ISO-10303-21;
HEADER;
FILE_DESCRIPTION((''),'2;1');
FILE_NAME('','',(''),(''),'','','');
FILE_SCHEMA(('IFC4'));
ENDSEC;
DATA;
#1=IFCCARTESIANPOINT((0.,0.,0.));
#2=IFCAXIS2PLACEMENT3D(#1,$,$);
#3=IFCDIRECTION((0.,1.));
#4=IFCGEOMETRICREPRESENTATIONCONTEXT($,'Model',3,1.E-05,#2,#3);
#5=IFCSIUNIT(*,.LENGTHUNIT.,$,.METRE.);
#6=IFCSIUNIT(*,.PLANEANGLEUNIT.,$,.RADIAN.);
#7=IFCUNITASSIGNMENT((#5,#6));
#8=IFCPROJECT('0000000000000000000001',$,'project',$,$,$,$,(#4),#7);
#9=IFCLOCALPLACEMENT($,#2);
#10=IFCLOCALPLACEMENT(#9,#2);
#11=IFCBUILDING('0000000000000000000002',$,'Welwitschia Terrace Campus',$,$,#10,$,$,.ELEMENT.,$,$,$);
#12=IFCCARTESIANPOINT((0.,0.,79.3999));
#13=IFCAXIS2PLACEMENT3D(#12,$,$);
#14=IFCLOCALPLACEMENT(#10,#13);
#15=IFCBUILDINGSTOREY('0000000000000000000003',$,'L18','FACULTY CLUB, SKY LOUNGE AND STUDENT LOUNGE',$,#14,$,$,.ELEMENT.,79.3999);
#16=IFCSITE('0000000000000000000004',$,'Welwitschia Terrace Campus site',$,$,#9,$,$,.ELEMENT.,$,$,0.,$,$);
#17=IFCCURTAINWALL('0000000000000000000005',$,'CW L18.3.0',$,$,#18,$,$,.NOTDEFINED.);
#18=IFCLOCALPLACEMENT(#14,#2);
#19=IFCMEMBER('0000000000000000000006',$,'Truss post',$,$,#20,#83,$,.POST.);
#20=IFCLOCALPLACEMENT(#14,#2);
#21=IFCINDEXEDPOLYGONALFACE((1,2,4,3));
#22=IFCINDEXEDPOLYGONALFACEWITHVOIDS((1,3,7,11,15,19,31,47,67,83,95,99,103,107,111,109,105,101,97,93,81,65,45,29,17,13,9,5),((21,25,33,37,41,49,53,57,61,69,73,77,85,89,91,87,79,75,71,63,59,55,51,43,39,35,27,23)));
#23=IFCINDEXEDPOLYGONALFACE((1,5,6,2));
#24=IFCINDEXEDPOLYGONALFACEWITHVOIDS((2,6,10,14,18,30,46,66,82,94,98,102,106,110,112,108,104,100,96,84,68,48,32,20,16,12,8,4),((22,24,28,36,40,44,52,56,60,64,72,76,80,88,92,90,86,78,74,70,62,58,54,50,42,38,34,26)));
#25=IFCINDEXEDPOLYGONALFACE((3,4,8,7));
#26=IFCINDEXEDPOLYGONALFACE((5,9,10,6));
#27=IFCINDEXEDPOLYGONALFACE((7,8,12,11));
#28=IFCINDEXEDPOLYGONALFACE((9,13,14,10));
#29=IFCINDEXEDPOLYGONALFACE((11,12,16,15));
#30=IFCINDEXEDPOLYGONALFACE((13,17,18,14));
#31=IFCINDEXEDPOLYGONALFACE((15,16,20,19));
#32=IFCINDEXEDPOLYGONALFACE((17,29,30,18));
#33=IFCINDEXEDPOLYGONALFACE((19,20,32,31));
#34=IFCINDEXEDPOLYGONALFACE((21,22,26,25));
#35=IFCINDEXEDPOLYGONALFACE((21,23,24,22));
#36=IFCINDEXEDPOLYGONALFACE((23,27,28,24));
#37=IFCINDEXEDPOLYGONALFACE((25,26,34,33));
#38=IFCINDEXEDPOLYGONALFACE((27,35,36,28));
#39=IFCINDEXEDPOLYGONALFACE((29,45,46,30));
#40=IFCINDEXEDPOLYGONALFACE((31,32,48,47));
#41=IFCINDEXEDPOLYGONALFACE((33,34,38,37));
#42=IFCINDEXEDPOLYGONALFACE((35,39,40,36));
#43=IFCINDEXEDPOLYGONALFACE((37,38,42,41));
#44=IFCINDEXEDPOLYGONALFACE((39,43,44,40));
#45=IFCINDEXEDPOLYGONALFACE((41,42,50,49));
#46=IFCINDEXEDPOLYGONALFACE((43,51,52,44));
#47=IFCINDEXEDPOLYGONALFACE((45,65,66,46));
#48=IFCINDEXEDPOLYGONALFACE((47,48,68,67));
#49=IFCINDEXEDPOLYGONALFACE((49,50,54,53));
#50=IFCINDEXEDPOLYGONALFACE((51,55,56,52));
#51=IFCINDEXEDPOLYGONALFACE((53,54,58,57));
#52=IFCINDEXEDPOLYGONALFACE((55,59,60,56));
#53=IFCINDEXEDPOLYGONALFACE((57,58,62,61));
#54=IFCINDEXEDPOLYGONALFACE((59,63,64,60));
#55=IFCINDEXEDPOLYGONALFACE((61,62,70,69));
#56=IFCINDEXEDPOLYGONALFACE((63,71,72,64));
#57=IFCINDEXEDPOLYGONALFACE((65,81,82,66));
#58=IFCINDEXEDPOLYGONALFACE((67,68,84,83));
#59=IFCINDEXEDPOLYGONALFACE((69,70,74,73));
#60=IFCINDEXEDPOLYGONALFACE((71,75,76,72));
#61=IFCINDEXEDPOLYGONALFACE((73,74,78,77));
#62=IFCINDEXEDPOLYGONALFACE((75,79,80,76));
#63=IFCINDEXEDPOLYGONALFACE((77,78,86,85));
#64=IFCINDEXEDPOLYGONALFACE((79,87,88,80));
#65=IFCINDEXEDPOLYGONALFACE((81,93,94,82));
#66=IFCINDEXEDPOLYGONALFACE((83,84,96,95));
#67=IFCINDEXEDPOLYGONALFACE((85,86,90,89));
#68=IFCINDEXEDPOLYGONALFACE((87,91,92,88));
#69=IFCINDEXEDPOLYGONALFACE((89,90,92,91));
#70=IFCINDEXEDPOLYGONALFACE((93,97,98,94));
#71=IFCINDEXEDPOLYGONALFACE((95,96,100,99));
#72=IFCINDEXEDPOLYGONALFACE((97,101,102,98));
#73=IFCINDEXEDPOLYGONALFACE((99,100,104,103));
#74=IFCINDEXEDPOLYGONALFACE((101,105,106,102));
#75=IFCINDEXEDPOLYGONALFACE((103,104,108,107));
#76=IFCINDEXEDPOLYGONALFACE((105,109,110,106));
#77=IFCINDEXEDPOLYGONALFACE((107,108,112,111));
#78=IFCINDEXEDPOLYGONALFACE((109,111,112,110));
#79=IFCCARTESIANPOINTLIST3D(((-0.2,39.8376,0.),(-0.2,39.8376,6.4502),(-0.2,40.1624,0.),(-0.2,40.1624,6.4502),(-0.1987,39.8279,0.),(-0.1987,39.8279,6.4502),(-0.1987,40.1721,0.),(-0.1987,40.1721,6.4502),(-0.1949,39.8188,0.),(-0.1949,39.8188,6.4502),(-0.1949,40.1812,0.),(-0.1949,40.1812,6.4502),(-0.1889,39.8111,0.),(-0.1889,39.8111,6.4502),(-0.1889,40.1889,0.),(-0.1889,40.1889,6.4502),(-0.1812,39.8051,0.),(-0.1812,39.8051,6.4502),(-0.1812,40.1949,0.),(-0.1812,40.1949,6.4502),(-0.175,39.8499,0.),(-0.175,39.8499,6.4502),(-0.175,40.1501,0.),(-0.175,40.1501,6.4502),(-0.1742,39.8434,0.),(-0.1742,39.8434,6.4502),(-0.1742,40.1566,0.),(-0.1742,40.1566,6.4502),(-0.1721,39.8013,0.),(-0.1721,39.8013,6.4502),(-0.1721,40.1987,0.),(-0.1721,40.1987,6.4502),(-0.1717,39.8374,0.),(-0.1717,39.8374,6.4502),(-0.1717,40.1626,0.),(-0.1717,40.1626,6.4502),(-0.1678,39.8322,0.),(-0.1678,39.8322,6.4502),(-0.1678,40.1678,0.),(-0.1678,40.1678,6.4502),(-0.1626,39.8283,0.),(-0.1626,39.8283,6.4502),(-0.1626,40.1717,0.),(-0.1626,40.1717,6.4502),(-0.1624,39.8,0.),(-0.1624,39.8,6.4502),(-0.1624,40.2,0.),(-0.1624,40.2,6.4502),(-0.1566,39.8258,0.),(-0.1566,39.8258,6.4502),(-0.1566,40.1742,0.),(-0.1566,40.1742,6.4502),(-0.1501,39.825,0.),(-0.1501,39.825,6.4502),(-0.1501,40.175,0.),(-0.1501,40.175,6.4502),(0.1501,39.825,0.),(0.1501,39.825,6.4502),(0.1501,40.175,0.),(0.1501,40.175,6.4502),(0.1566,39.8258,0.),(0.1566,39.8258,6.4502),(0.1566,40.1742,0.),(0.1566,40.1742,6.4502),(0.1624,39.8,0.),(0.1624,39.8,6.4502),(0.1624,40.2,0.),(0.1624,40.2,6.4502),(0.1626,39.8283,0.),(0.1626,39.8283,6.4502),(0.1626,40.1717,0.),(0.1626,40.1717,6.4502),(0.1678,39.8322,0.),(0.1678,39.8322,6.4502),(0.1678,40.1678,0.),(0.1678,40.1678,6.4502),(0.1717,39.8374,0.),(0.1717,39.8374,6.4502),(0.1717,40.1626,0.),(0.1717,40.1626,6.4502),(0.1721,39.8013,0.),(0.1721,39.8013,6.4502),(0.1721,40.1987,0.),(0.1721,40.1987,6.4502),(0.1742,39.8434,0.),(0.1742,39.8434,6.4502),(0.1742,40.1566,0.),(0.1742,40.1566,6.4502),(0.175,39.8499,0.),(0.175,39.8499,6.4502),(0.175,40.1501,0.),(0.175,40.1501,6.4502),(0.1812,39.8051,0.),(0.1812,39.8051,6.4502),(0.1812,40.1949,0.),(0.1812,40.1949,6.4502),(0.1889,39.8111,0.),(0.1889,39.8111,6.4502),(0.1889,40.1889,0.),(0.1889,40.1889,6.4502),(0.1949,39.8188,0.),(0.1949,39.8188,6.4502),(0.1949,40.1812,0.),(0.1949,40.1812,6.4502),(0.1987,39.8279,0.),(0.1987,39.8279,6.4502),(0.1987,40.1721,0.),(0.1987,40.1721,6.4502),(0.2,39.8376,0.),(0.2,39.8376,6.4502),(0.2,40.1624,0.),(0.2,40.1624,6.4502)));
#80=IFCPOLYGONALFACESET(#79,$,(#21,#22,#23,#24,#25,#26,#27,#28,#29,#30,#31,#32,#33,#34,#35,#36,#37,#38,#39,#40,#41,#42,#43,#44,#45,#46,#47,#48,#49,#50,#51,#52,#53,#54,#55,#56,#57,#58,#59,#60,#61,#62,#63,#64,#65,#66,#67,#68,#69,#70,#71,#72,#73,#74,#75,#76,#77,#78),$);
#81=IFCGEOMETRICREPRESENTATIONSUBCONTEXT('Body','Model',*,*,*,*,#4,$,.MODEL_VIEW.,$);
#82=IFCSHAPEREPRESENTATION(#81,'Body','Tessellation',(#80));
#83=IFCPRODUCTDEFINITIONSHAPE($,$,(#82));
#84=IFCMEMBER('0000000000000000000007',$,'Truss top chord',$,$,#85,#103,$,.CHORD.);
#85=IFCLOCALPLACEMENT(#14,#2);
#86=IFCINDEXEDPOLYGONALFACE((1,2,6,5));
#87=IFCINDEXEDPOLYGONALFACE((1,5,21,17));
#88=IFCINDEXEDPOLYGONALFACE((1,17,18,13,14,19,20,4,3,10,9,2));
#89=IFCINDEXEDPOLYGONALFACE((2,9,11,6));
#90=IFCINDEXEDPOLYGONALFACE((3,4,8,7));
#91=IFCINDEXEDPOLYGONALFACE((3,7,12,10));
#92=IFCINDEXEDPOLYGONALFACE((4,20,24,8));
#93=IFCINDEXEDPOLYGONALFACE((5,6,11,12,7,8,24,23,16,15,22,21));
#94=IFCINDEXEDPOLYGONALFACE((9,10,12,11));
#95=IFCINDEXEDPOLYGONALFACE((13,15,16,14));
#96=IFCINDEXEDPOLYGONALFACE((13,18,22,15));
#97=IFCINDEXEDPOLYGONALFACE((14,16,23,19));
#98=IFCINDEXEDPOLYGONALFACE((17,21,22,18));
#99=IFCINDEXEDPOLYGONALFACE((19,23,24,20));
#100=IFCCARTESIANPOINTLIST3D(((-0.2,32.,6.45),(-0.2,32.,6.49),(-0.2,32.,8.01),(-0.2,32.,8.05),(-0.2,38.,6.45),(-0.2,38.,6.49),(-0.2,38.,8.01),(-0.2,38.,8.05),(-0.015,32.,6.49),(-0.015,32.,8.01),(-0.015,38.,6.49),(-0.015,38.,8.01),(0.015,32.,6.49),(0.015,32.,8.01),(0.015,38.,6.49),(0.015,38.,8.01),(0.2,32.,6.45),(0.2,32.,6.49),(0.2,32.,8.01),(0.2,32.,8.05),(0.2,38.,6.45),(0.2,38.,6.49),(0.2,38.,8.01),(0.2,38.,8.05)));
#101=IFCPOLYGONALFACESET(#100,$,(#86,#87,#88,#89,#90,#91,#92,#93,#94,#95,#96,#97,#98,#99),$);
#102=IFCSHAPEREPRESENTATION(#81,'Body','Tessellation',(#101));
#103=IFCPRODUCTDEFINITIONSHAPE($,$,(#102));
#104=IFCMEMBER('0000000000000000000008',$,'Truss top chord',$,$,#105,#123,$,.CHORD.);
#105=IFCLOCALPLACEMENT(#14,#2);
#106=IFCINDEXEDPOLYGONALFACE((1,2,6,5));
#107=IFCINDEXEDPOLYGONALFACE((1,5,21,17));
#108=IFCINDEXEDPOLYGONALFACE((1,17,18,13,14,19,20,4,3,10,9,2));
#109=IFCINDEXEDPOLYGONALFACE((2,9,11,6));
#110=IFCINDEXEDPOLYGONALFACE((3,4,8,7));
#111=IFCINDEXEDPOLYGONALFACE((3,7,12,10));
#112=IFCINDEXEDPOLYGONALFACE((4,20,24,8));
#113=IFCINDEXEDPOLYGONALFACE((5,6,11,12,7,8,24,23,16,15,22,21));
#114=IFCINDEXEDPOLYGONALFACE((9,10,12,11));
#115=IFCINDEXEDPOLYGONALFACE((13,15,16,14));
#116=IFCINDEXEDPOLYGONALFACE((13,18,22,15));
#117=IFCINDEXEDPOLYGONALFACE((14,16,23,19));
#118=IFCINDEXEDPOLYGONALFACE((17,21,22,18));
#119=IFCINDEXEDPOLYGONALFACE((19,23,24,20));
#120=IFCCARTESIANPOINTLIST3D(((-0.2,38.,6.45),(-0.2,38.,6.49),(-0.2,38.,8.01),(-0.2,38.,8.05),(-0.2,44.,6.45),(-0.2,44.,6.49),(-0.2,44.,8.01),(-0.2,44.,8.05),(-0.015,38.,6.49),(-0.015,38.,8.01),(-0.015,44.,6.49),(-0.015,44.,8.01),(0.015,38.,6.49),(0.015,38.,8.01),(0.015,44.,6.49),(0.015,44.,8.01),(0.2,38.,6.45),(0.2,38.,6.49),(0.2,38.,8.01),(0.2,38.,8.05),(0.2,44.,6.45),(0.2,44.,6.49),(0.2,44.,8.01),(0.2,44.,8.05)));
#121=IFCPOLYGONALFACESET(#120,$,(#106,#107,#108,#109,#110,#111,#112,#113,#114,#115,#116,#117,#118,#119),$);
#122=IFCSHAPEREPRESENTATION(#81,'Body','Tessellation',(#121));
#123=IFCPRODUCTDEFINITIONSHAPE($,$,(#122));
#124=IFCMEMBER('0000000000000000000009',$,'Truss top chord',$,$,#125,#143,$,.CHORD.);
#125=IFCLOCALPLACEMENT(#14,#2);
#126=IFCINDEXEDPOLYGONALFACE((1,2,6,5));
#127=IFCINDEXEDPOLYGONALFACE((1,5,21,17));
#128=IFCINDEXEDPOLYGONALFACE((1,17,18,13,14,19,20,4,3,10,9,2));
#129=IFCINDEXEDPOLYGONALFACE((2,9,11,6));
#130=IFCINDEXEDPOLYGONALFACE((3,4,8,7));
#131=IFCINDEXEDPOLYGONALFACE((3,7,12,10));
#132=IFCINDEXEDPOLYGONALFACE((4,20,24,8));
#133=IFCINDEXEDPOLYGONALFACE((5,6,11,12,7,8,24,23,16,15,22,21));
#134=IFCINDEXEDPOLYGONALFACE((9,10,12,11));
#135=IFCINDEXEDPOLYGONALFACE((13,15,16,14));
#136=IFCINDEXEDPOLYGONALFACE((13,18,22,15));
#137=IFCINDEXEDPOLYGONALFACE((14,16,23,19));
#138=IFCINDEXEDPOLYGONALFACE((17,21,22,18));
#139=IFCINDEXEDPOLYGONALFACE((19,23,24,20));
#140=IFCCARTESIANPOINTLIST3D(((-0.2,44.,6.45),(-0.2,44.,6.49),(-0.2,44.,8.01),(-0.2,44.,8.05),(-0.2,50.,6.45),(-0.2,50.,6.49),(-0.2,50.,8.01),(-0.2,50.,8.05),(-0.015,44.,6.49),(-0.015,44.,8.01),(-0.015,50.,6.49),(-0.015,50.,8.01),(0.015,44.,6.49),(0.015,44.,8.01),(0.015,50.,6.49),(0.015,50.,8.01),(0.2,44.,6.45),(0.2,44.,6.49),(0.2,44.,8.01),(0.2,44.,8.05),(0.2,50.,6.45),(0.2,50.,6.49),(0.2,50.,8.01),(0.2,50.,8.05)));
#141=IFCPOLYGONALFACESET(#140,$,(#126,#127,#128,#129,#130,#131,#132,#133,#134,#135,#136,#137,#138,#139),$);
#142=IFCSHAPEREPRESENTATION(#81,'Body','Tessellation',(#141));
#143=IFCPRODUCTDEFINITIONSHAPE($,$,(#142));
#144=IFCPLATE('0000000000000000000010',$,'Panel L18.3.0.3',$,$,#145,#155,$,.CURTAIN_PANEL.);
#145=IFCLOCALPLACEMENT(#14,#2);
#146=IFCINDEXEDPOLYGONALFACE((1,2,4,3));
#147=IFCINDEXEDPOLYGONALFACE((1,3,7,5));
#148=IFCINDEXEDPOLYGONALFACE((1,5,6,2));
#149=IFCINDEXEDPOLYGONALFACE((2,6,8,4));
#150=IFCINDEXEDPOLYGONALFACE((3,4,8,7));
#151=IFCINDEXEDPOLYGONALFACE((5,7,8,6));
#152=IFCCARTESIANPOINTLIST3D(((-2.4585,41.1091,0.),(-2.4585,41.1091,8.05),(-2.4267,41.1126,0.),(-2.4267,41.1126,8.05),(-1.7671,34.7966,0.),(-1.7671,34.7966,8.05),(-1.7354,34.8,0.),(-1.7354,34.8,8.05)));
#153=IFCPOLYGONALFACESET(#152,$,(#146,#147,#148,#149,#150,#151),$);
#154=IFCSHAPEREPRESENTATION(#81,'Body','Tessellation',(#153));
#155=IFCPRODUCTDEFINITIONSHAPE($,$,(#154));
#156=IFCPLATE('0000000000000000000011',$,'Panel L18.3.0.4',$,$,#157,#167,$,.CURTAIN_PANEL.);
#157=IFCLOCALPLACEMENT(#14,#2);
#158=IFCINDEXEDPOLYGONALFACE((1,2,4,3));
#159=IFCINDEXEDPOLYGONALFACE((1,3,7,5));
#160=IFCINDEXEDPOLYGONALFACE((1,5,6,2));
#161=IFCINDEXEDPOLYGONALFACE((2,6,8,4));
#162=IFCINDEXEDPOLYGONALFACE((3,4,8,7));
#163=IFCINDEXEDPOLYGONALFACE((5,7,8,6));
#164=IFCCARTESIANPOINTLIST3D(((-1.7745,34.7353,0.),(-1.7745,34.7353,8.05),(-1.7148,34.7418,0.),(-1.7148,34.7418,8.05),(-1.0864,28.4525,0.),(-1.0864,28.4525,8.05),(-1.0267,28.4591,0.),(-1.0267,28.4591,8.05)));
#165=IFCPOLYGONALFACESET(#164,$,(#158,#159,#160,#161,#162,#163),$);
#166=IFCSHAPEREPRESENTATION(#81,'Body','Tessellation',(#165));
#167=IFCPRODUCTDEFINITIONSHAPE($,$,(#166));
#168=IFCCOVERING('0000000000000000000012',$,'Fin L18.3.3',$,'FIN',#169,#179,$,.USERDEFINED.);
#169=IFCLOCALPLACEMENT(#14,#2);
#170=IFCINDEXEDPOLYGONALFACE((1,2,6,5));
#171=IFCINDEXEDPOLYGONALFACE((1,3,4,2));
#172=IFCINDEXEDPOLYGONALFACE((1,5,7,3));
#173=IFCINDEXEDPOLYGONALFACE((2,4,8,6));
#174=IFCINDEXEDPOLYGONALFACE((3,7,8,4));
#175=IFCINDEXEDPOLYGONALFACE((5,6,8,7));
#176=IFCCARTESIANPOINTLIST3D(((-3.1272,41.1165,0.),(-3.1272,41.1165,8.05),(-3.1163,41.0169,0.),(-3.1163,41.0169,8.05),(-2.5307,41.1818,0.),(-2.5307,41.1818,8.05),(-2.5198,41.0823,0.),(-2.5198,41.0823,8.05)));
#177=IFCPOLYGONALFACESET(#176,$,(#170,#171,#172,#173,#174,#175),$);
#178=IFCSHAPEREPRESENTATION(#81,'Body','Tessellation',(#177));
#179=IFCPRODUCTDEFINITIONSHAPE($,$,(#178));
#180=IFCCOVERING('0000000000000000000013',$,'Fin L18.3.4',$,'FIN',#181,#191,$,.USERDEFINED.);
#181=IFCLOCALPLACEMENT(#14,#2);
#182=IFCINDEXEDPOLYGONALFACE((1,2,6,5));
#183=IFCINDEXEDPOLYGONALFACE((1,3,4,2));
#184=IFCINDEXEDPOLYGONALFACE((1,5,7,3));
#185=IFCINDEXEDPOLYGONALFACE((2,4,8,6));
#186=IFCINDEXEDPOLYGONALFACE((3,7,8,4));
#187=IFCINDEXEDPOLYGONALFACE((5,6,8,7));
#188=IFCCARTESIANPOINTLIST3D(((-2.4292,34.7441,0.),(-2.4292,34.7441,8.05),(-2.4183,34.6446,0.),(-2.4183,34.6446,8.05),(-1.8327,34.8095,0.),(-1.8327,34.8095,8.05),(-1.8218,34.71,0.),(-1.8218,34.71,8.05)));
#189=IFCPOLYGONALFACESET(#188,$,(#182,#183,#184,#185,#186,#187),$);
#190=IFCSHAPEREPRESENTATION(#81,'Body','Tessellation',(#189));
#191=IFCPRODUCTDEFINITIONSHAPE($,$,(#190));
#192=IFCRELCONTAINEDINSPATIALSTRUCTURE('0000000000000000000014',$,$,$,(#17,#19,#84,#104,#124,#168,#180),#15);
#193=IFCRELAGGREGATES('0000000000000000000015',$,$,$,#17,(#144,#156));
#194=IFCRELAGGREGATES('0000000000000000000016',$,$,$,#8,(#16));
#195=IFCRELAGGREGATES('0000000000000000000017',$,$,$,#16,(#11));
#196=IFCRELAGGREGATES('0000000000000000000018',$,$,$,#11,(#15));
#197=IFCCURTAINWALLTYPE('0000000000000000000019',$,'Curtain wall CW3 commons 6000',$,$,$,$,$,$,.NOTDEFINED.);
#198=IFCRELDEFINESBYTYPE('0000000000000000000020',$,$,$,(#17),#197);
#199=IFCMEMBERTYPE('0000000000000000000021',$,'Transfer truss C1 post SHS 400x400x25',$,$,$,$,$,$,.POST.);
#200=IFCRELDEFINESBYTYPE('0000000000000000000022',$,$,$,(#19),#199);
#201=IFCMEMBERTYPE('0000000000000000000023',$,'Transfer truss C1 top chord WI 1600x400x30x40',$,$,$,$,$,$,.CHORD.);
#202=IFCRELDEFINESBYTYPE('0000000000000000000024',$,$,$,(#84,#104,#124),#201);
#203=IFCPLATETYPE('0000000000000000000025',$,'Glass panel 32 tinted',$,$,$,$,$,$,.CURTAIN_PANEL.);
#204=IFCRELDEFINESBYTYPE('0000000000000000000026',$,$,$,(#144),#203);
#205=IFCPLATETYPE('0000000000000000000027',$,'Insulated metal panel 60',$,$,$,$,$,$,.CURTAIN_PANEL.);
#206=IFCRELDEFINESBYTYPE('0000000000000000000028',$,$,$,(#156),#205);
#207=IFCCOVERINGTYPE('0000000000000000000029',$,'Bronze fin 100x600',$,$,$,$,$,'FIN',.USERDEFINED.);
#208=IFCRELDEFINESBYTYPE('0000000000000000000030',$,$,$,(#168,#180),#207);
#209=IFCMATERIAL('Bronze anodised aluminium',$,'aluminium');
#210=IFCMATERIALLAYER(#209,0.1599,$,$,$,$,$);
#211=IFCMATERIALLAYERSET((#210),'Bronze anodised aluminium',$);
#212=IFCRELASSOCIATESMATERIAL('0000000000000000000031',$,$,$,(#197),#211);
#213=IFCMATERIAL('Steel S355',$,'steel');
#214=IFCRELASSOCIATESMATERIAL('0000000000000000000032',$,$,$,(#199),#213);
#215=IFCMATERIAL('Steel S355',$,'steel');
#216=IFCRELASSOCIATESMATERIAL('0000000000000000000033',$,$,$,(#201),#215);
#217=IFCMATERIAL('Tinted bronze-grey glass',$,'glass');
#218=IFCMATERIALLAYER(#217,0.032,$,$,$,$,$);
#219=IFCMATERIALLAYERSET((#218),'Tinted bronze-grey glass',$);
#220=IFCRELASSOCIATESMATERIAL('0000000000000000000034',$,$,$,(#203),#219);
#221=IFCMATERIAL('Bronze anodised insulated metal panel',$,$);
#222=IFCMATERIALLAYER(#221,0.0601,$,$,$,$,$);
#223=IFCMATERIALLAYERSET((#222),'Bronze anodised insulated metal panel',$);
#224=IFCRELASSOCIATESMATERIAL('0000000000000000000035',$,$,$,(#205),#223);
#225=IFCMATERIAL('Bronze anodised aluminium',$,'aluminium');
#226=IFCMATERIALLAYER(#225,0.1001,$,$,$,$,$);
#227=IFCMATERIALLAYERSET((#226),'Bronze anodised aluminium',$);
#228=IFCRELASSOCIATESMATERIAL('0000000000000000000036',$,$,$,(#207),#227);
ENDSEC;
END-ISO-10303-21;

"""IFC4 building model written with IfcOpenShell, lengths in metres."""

from ifc_helpers import new_model, si_unit, direction, frame, origin, origin_2d, place, context, subcontext, project, spatial, rectangle, hollow_rectangle, i_section, extrude, material, layer, layer_set, material_profile, profile_set, type_object, element, aggregate, save


model = new_model("IFC4")

# Units and contexts
model_context = context("Model", 3, precision=1e-05, world=origin(), true_north=direction((0.0, 1.0)))
body_context = subcontext(model_context, "Body", "Model", "MODEL_VIEW")
ifc_project = project(units=[si_unit("LENGTHUNIT", "METRE"), si_unit("PLANEANGLEUNIT", "RADIAN")], contexts=[model_context])

# Site, building, storey
site_placement = place(None, origin())
site = spatial("IfcSite", under=ifc_project, at=site_placement, Name="Welwitschia Terrace Campus site", CompositionType="ELEMENT", RefElevation=0.0)
building_placement = place(site_placement, origin())
building = spatial("IfcBuilding", under=site, at=building_placement, Name="Welwitschia Terrace Campus", CompositionType="ELEMENT")
storey_placement = place(building_placement, frame((0.0, 0.0, 79.3999)))
storey = spatial("IfcBuildingStorey", under=building, at=storey_placement, Name="L18", Description="FACULTY CLUB, SKY LOUNGE AND STUDENT LOUNGE", CompositionType="ELEMENT", Elevation=79.3999)

# Curtain wall
ifc_material_1 = material(Name="Bronze anodised aluminium", Category="aluminium")
ifc_layer_1 = layer(ifc_material_1, 0.1599)
ifc_layer_set_1 = layer_set([ifc_layer_1], Name="Bronze anodised aluminium")
curtain_wall_type = type_object("IfcCurtainWallType", Name="Curtain wall CW3 commons 6000", PredefinedType="NOTDEFINED", material=ifc_layer_set_1)
curtain_wall_placement = place(storey_placement, origin())
curtain_wall = element("IfcCurtainWall", 1, at=curtain_wall_placement, inside=storey, type_object=curtain_wall_type, Name="CW L18.3.0", PredefinedType="NOTDEFINED")

# Members
ifc_material_2 = material(Name="Steel S355", Category="steel")
ifc_material_profile_1 = material_profile(ifc_material_2, hollow_rectangle(XDim=0.3999, YDim=0.3999, WallThickness=0.0249, InnerFilletRadius=0.0249, OuterFilletRadius=0.0376, at=origin_2d()))
ifc_profile_set_1 = profile_set([ifc_material_profile_1], Name="Steel S355")
member_type_1 = type_object("IfcMemberType", Name="Transfer truss C1 post SHS 400x400x25", PredefinedType="POST", material=ifc_profile_set_1)
for number, where, z_axis, x_axis, name in (
    (2, (0.0, 40.0, 0.0), (0.0, 0.0, 1.0), (1.0, 0.0, 0.0), "Truss post"),
):
    element("IfcMember", number, at=place(storey_placement, frame(where, z_axis=z_axis, x_axis=x_axis)), inside=storey, type_object=member_type_1, Name=name, PredefinedType="POST", context=body_context, shape_type="SweptSolid", body=[
        extrude(hollow_rectangle(XDim=0.3999, YDim=0.3999, WallThickness=0.0249, InnerFilletRadius=0.0249, OuterFilletRadius=0.0376, at=origin_2d()), origin(), (0.0, 0.0, 1.0), 6.4502),
    ])
ifc_material_3 = material(Name="Steel S355", Category="steel")
ifc_material_profile_2 = material_profile(ifc_material_3, i_section(OverallWidth=0.3999, OverallDepth=1.6001, WebThickness=0.03, FlangeThickness=0.04, at=origin_2d()))
ifc_profile_set_2 = profile_set([ifc_material_profile_2], Name="Steel S355")
member_type_2 = type_object("IfcMemberType", Name="Transfer truss C1 top chord WI 1600x400x30x40", PredefinedType="CHORD", material=ifc_profile_set_2)
for number, where, z_axis, x_axis, name in (
    (3, (0.0, 32.0, 7.25), (0.0, 1.0, 0.0), (-1.0, 0.0, 0.0), "Truss top chord"),
    (4, (0.0, 38.0, 7.25), (0.0, 1.0, 0.0), (-1.0, 0.0, 0.0), "Truss top chord"),
    (5, (0.0, 44.0, 7.25), (0.0, 1.0, 0.0), (-1.0, 0.0, 0.0), "Truss top chord"),
):
    element("IfcMember", number, at=place(storey_placement, frame(where, z_axis=z_axis, x_axis=x_axis)), inside=storey, type_object=member_type_2, Name=name, PredefinedType="CHORD", context=body_context, shape_type="SweptSolid", body=[
        extrude(i_section(OverallWidth=0.3999, OverallDepth=1.6001, WebThickness=0.03, FlangeThickness=0.04, at=origin_2d()), origin(), (0.0, 0.0, 1.0), 6.0),
    ])

# Plates
ifc_material_4 = material(Name="Tinted bronze-grey glass", Category="glass")
ifc_layer_2 = layer(ifc_material_4, 0.032)
ifc_layer_set_2 = layer_set([ifc_layer_2], Name="Tinted bronze-grey glass")
plate_type_1 = type_object("IfcPlateType", Name="Glass panel 32 tinted", PredefinedType="CURTAIN_PANEL", material=ifc_layer_set_2)
plate_1_placement = place(storey_placement, frame((-2.0969, 37.9546, 0.0), z_axis=(0.0, 0.0, 1.0), x_axis=(0.108867, -0.994056, 0.0)))
plate_1 = element("IfcPlate", 6, at=plate_1_placement, type_object=plate_type_1, Name="Panel L18.3.0.3", PredefinedType="CURTAIN_PANEL", context=body_context, shape_type="SweptSolid", body=[
    extrude(rectangle(XDim=6.3503, YDim=0.032, at=origin_2d()), origin(), (0.0, 0.0, 1.0), 8.05),
])
ifc_material_5 = material(Name="Bronze anodised insulated metal panel")
ifc_layer_3 = layer(ifc_material_5, 0.0601)
ifc_layer_set_3 = layer_set([ifc_layer_3], Name="Bronze anodised insulated metal panel")
plate_type_2 = type_object("IfcPlateType", Name="Insulated metal panel 60", PredefinedType="CURTAIN_PANEL", material=ifc_layer_set_3)
plate_2_placement = place(storey_placement, frame((-1.4006, 31.5972, 0.0), z_axis=(0.0, 0.0, 1.0), x_axis=(0.108867, -0.994056, 0.0)))
plate_2 = element("IfcPlate", 7, at=plate_2_placement, type_object=plate_type_2, Name="Panel L18.3.0.4", PredefinedType="CURTAIN_PANEL", context=body_context, shape_type="SweptSolid", body=[
    extrude(rectangle(XDim=6.3203, YDim=0.0601, at=origin_2d()), origin(), (0.0, 0.0, 1.0), 8.05),
])
aggregate(curtain_wall, [plate_1, plate_2])

# Coverings
ifc_material_6 = material(Name="Bronze anodised aluminium", Category="aluminium")
ifc_layer_4 = layer(ifc_material_6, 0.1001)
ifc_layer_set_4 = layer_set([ifc_layer_4], Name="Bronze anodised aluminium")
covering_type = type_object("IfcCoveringType", Name="Bronze fin 100x600", ElementType="FIN", PredefinedType="USERDEFINED", material=ifc_layer_set_4)
for number, where, z_axis, x_axis, name in (
    (8, (-2.8235, 41.0994, 0.0), (0.0, 0.0, 1.0), (0.108867, -0.994056, 0.0), "Fin L18.3.3"),
    (9, (-2.1255, 34.7271, 0.0), (0.0, 0.0, 1.0), (0.108867, -0.994056, 0.0), "Fin L18.3.4"),
):
    element("IfcCovering", number, at=place(storey_placement, frame(where, z_axis=z_axis, x_axis=x_axis)), inside=storey, type_object=covering_type, Name=name, ObjectType="FIN", PredefinedType="USERDEFINED", context=body_context, shape_type="SweptSolid", body=[
        extrude(rectangle(XDim=0.1001, YDim=0.6001, at=origin_2d()), origin(), (0.0, 0.0, 1.0), 8.05),
    ])

save(model, "model.ifc")
